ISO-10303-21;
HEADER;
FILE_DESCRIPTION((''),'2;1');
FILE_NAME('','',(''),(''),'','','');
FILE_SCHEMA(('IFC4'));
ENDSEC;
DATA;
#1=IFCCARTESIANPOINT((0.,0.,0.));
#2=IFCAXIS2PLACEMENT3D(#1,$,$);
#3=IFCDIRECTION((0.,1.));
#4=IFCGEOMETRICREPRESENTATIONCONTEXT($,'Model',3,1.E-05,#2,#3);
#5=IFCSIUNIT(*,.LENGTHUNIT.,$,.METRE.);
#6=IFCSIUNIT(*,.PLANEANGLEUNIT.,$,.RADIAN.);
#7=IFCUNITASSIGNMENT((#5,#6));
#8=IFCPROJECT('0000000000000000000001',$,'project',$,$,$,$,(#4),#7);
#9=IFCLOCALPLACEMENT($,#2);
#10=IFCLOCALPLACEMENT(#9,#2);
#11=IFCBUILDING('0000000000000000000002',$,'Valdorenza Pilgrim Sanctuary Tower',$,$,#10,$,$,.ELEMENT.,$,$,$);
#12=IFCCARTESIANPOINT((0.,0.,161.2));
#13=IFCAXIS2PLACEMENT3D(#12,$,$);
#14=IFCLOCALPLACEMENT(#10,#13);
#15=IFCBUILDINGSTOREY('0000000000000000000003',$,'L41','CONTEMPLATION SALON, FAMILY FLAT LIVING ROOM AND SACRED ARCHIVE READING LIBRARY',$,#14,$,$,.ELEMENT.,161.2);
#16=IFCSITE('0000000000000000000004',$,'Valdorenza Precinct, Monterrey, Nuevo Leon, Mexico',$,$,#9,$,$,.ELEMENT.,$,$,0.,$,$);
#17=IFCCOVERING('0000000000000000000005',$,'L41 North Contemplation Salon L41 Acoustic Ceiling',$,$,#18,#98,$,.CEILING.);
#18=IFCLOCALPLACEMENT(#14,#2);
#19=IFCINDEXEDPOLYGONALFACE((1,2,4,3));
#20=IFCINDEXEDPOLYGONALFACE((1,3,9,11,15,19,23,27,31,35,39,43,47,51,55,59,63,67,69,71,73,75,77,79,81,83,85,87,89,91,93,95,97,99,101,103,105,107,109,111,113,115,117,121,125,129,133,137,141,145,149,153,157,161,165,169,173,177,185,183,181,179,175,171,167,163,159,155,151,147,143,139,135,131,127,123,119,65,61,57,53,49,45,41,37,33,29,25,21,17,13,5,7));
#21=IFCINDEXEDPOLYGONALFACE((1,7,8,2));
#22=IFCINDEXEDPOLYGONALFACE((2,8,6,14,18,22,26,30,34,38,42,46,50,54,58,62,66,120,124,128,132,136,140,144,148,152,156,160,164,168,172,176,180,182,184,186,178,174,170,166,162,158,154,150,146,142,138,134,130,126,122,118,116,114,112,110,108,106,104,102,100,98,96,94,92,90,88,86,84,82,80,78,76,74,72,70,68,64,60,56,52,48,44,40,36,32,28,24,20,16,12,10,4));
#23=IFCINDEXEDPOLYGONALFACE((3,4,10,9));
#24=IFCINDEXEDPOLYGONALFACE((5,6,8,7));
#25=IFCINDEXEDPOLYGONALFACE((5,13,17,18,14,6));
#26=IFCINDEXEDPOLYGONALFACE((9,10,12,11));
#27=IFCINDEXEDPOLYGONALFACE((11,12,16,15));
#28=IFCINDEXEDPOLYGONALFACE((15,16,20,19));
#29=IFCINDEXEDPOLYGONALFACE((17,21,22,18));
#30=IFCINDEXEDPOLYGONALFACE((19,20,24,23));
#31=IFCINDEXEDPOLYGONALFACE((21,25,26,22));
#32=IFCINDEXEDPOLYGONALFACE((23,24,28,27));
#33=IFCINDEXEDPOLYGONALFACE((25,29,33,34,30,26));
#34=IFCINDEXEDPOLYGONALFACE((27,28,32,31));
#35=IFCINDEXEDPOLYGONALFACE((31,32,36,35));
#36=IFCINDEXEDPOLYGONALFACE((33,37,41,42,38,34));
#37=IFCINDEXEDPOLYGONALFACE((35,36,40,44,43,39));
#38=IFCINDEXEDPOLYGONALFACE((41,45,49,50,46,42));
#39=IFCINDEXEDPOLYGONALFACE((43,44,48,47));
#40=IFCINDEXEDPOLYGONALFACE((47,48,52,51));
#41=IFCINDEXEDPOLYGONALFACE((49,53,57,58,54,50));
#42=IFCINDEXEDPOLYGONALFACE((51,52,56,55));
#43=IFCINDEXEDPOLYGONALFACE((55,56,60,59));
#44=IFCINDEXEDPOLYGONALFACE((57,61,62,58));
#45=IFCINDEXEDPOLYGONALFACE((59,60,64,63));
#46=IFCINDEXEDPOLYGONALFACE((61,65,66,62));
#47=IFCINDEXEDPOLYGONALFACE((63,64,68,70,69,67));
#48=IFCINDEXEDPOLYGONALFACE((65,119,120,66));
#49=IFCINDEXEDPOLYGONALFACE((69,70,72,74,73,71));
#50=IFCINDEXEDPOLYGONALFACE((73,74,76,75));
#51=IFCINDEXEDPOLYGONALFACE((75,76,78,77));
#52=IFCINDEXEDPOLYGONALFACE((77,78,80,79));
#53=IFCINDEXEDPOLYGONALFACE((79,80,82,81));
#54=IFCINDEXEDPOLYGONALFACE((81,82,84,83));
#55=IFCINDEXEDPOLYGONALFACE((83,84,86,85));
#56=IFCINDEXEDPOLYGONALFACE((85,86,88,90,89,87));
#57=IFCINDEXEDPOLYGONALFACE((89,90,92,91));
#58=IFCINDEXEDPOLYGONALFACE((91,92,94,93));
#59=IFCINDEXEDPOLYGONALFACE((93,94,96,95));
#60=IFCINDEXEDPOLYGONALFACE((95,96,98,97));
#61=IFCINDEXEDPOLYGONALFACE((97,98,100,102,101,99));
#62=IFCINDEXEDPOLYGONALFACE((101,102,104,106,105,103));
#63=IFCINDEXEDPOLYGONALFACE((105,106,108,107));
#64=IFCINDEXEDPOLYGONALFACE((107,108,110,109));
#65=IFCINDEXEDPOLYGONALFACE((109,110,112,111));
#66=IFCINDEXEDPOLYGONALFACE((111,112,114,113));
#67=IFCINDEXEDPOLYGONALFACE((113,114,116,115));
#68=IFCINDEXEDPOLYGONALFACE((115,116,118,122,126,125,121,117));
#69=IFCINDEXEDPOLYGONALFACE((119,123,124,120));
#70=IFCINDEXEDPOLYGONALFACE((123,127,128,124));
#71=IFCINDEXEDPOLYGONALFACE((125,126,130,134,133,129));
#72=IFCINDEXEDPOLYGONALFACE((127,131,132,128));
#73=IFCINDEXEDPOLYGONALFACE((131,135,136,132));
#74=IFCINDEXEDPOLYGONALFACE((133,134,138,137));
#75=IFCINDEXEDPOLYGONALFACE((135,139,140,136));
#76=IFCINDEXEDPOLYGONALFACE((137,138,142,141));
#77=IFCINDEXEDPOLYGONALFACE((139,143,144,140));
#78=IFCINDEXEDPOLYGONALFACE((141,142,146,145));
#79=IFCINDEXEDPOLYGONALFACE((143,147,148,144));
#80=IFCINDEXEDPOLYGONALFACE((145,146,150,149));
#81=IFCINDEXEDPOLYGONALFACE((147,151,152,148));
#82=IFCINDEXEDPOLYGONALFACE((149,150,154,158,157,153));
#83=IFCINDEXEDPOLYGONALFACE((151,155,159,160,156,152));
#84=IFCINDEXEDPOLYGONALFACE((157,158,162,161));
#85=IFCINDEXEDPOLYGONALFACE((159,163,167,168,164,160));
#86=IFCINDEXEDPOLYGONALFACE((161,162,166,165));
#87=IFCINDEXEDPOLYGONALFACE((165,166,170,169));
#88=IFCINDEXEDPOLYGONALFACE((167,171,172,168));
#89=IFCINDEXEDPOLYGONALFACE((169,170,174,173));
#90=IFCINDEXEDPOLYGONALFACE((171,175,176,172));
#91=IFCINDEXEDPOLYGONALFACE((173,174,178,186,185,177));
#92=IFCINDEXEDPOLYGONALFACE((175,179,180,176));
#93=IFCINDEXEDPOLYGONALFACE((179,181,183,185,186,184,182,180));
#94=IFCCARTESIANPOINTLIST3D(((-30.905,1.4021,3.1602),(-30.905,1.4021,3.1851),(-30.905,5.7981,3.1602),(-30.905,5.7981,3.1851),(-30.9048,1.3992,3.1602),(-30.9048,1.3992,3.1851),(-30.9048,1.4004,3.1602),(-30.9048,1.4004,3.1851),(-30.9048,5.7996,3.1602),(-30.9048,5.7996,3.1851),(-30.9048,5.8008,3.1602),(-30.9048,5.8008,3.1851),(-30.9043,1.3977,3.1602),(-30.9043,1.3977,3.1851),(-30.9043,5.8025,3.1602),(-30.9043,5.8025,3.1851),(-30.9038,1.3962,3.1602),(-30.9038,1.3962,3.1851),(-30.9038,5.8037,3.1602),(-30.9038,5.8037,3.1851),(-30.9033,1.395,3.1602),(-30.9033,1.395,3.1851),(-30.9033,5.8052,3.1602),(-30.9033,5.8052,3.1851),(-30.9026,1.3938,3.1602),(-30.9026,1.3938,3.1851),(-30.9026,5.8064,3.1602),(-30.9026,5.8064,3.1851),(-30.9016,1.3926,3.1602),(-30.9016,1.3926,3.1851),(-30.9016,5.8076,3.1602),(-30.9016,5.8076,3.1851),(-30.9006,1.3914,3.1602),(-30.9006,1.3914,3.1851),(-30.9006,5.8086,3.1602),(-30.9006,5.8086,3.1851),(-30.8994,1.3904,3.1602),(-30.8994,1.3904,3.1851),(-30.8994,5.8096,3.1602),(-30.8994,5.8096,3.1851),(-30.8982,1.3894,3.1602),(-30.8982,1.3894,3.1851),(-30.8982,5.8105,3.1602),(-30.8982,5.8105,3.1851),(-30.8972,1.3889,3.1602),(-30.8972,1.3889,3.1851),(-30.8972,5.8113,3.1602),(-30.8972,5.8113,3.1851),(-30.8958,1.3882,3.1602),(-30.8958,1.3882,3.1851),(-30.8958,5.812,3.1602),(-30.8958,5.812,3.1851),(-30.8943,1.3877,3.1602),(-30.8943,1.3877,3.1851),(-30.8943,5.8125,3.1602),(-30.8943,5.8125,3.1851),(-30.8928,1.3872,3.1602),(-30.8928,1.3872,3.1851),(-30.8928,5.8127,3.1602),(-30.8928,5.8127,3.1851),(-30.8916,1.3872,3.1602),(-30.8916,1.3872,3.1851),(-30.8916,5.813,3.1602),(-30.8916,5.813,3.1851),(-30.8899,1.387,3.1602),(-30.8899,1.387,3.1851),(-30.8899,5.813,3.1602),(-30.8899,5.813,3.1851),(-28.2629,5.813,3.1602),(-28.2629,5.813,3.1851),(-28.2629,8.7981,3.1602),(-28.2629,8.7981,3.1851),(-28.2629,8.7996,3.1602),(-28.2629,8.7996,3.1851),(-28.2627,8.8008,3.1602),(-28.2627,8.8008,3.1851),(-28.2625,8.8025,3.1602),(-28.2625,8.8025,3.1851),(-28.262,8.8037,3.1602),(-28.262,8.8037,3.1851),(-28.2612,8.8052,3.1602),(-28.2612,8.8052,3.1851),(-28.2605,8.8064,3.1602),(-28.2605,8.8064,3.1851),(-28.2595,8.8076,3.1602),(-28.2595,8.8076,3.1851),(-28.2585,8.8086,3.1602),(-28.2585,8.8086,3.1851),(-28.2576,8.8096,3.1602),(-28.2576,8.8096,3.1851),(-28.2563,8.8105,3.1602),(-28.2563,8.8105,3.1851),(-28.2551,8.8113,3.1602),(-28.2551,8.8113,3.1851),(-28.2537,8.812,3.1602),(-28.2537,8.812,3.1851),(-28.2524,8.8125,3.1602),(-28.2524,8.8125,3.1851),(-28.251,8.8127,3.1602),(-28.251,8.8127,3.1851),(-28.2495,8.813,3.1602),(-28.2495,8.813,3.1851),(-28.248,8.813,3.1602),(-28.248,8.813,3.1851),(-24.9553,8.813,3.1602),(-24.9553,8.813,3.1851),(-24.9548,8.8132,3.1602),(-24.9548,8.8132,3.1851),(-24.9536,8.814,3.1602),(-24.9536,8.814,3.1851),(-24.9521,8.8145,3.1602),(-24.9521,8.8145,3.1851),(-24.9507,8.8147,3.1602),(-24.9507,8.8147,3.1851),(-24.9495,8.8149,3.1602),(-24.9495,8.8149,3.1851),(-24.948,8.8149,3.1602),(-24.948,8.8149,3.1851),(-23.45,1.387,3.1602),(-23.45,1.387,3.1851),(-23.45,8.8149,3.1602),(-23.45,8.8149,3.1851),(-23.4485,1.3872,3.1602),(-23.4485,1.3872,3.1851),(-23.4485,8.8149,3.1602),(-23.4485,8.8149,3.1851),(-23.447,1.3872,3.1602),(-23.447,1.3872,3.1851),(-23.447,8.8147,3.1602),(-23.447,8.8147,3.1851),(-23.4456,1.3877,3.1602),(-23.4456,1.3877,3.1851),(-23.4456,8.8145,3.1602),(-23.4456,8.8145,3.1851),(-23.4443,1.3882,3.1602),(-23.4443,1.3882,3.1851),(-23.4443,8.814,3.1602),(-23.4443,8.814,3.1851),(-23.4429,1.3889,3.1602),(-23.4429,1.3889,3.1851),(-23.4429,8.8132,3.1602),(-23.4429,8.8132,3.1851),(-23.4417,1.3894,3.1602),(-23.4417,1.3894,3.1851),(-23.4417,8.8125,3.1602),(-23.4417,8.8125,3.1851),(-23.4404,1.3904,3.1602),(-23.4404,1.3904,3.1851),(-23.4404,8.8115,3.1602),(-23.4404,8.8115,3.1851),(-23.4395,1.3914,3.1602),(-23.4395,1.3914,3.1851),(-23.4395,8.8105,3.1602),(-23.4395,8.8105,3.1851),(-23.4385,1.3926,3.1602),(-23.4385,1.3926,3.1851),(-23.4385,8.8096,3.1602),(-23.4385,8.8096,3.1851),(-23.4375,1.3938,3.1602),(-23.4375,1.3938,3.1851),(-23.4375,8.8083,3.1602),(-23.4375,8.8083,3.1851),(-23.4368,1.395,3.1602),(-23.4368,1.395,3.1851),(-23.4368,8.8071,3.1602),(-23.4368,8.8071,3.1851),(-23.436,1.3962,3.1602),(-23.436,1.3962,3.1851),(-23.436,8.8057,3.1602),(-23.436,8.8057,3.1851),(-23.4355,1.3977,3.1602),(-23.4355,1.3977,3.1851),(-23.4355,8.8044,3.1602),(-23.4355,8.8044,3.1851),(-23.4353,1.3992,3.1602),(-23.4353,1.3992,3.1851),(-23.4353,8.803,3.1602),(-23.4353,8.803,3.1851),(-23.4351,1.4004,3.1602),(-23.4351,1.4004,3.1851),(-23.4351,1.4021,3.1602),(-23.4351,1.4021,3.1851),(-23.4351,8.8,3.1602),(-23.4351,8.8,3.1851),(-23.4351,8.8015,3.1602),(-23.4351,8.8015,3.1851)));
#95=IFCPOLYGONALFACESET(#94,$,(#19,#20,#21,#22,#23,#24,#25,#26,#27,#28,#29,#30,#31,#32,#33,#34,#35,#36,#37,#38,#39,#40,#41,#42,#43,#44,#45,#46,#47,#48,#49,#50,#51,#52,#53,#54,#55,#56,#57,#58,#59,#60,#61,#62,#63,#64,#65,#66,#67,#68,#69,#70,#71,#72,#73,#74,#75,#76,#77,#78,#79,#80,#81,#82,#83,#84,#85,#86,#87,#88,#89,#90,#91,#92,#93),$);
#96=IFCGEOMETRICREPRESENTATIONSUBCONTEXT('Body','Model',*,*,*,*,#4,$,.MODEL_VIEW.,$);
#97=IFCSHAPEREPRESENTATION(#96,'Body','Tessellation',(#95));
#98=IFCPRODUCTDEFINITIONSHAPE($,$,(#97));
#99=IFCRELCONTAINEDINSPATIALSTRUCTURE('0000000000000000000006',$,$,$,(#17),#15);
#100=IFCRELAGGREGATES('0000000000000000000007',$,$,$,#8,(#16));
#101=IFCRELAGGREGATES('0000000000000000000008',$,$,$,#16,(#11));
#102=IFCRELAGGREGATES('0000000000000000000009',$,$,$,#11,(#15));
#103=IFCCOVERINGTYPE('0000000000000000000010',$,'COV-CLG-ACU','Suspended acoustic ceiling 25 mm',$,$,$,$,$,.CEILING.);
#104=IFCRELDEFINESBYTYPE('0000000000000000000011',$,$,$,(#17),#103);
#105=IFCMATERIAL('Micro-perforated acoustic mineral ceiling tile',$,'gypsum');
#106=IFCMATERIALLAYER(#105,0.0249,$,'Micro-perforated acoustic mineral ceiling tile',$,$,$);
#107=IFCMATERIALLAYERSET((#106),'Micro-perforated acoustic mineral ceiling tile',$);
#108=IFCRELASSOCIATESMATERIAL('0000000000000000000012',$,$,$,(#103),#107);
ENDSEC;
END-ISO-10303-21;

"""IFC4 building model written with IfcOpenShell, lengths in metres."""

from ifc_helpers import new_model, si_unit, direction, frame, origin, place, context, subcontext, project, spatial, polyline, outline, extrude, material, layer, layer_set, type_object, element, save


model = new_model("IFC4")

# Units and contexts
model_context = context("Model", 3, precision=1e-05, world=origin(), true_north=direction((0.0, 1.0)))
body_context = subcontext(model_context, "Body", "Model", "MODEL_VIEW")
ifc_project = project(units=[si_unit("LENGTHUNIT", "METRE"), si_unit("PLANEANGLEUNIT", "RADIAN")], contexts=[model_context])

# Site, building, storey
site_placement = place(None, origin())
site = spatial("IfcSite", under=ifc_project, at=site_placement, Name="Valdorenza Precinct, Monterrey, Nuevo Leon, Mexico", CompositionType="ELEMENT", RefElevation=0.0)
building_placement = place(site_placement, origin())
building = spatial("IfcBuilding", under=site, at=building_placement, Name="Valdorenza Pilgrim Sanctuary Tower", CompositionType="ELEMENT")
storey_placement = place(building_placement, frame((0.0, 0.0, 161.2)))
storey = spatial("IfcBuildingStorey", under=building, at=storey_placement, Name="L41", Description="CONTEMPLATION SALON, FAMILY FLAT LIVING ROOM AND SACRED ARCHIVE READING LIBRARY", CompositionType="ELEMENT", Elevation=161.2)

# Covering
ifc_material_1 = material(Name="Micro-perforated acoustic mineral ceiling tile", Category="gypsum")
ifc_layer_1 = layer(ifc_material_1, 0.0249, Name="Micro-perforated acoustic mineral ceiling tile")
ifc_layer_set_1 = layer_set([ifc_layer_1], Name="Micro-perforated acoustic mineral ceiling tile")
covering_type_1 = type_object("IfcCoveringType", Name="COV-CLG-ACU", Description="Suspended acoustic ceiling 25 mm", PredefinedType="CEILING", material=ifc_layer_set_1)
covering_1_placement = place(storey_placement, frame((0.0, 0.0, 3.1602)))
element("IfcCovering", 1, at=covering_1_placement, inside=storey, type_object=covering_type_1, Name="L41 North Contemplation Salon L41 Acoustic Ceiling", PredefinedType="CEILING", context=body_context, shape_type="SweptSolid", body=[
    extrude(outline(polyline([(-28.2629, 5.813), (-28.2629, 8.7981), (-28.2629, 8.7996), (-28.2627, 8.8008), (-28.2625, 8.8025), (-28.262, 8.8037), (-28.2612, 8.8052), (-28.2605, 8.8064), (-28.2595, 8.8076), (-28.2585, 8.8086), (-28.2576, 8.8096), (-28.2563, 8.8105), (-28.2551, 8.8113), (-28.2537, 8.812), (-28.2524, 8.8125), (-28.251, 8.8127), (-28.2495, 8.813), (-28.248, 8.813), (-24.9553, 8.813), (-24.9548, 8.8132), (-24.9536, 8.814), (-24.9521, 8.8145), (-24.9507, 8.8147), (-24.9495, 8.8149), (-24.948, 8.8149), (-23.45, 8.8149), (-23.4485, 8.8149), (-23.447, 8.8147), (-23.4456, 8.8145), (-23.4443, 8.814), (-23.4429, 8.8132), (-23.4417, 8.8125), (-23.4404, 8.8115), (-23.4395, 8.8105), (-23.4385, 8.8096), (-23.4375, 8.8083), (-23.4368, 8.8071), (-23.436, 8.8057), (-23.4355, 8.8044), (-23.4353, 8.803), (-23.4351, 8.8015), (-23.4351, 8.8), (-23.4351, 1.4021), (-23.4351, 1.4004), (-23.4353, 1.3992), (-23.4355, 1.3977), (-23.436, 1.3962), (-23.4368, 1.395), (-23.4375, 1.3938), (-23.4385, 1.3926), (-23.4395, 1.3914), (-23.4404, 1.3904), (-23.4417, 1.3894), (-23.4429, 1.3889), (-23.4443, 1.3882), (-23.4456, 1.3877), (-23.447, 1.3872), (-23.4485, 1.3872), (-23.45, 1.387), (-30.8899, 1.387), (-30.8916, 1.3872), (-30.8928, 1.3872), (-30.8943, 1.3877), (-30.8958, 1.3882), (-30.8972, 1.3889), (-30.8982, 1.3894), (-30.8994, 1.3904), (-30.9006, 1.3914), (-30.9016, 1.3926), (-30.9026, 1.3938), (-30.9033, 1.395), (-30.9038, 1.3962), (-30.9043, 1.3977), (-30.9048, 1.3992), (-30.9048, 1.4004), (-30.905, 1.4021), (-30.905, 5.7981), (-30.9048, 5.7996), (-30.9048, 5.8008), (-30.9043, 5.8025), (-30.9038, 5.8037), (-30.9033, 5.8052), (-30.9026, 5.8064), (-30.9016, 5.8076), (-30.9006, 5.8086), (-30.8994, 5.8096), (-30.8982, 5.8105), (-30.8972, 5.8113), (-30.8958, 5.812), (-30.8943, 5.8125), (-30.8928, 5.8127), (-30.8916, 5.813), (-30.8899, 5.813), (-28.2629, 5.813)])), origin(), (0.0, 0.0, 1.0), 0.0249),
])

save(model, "model.ifc")
